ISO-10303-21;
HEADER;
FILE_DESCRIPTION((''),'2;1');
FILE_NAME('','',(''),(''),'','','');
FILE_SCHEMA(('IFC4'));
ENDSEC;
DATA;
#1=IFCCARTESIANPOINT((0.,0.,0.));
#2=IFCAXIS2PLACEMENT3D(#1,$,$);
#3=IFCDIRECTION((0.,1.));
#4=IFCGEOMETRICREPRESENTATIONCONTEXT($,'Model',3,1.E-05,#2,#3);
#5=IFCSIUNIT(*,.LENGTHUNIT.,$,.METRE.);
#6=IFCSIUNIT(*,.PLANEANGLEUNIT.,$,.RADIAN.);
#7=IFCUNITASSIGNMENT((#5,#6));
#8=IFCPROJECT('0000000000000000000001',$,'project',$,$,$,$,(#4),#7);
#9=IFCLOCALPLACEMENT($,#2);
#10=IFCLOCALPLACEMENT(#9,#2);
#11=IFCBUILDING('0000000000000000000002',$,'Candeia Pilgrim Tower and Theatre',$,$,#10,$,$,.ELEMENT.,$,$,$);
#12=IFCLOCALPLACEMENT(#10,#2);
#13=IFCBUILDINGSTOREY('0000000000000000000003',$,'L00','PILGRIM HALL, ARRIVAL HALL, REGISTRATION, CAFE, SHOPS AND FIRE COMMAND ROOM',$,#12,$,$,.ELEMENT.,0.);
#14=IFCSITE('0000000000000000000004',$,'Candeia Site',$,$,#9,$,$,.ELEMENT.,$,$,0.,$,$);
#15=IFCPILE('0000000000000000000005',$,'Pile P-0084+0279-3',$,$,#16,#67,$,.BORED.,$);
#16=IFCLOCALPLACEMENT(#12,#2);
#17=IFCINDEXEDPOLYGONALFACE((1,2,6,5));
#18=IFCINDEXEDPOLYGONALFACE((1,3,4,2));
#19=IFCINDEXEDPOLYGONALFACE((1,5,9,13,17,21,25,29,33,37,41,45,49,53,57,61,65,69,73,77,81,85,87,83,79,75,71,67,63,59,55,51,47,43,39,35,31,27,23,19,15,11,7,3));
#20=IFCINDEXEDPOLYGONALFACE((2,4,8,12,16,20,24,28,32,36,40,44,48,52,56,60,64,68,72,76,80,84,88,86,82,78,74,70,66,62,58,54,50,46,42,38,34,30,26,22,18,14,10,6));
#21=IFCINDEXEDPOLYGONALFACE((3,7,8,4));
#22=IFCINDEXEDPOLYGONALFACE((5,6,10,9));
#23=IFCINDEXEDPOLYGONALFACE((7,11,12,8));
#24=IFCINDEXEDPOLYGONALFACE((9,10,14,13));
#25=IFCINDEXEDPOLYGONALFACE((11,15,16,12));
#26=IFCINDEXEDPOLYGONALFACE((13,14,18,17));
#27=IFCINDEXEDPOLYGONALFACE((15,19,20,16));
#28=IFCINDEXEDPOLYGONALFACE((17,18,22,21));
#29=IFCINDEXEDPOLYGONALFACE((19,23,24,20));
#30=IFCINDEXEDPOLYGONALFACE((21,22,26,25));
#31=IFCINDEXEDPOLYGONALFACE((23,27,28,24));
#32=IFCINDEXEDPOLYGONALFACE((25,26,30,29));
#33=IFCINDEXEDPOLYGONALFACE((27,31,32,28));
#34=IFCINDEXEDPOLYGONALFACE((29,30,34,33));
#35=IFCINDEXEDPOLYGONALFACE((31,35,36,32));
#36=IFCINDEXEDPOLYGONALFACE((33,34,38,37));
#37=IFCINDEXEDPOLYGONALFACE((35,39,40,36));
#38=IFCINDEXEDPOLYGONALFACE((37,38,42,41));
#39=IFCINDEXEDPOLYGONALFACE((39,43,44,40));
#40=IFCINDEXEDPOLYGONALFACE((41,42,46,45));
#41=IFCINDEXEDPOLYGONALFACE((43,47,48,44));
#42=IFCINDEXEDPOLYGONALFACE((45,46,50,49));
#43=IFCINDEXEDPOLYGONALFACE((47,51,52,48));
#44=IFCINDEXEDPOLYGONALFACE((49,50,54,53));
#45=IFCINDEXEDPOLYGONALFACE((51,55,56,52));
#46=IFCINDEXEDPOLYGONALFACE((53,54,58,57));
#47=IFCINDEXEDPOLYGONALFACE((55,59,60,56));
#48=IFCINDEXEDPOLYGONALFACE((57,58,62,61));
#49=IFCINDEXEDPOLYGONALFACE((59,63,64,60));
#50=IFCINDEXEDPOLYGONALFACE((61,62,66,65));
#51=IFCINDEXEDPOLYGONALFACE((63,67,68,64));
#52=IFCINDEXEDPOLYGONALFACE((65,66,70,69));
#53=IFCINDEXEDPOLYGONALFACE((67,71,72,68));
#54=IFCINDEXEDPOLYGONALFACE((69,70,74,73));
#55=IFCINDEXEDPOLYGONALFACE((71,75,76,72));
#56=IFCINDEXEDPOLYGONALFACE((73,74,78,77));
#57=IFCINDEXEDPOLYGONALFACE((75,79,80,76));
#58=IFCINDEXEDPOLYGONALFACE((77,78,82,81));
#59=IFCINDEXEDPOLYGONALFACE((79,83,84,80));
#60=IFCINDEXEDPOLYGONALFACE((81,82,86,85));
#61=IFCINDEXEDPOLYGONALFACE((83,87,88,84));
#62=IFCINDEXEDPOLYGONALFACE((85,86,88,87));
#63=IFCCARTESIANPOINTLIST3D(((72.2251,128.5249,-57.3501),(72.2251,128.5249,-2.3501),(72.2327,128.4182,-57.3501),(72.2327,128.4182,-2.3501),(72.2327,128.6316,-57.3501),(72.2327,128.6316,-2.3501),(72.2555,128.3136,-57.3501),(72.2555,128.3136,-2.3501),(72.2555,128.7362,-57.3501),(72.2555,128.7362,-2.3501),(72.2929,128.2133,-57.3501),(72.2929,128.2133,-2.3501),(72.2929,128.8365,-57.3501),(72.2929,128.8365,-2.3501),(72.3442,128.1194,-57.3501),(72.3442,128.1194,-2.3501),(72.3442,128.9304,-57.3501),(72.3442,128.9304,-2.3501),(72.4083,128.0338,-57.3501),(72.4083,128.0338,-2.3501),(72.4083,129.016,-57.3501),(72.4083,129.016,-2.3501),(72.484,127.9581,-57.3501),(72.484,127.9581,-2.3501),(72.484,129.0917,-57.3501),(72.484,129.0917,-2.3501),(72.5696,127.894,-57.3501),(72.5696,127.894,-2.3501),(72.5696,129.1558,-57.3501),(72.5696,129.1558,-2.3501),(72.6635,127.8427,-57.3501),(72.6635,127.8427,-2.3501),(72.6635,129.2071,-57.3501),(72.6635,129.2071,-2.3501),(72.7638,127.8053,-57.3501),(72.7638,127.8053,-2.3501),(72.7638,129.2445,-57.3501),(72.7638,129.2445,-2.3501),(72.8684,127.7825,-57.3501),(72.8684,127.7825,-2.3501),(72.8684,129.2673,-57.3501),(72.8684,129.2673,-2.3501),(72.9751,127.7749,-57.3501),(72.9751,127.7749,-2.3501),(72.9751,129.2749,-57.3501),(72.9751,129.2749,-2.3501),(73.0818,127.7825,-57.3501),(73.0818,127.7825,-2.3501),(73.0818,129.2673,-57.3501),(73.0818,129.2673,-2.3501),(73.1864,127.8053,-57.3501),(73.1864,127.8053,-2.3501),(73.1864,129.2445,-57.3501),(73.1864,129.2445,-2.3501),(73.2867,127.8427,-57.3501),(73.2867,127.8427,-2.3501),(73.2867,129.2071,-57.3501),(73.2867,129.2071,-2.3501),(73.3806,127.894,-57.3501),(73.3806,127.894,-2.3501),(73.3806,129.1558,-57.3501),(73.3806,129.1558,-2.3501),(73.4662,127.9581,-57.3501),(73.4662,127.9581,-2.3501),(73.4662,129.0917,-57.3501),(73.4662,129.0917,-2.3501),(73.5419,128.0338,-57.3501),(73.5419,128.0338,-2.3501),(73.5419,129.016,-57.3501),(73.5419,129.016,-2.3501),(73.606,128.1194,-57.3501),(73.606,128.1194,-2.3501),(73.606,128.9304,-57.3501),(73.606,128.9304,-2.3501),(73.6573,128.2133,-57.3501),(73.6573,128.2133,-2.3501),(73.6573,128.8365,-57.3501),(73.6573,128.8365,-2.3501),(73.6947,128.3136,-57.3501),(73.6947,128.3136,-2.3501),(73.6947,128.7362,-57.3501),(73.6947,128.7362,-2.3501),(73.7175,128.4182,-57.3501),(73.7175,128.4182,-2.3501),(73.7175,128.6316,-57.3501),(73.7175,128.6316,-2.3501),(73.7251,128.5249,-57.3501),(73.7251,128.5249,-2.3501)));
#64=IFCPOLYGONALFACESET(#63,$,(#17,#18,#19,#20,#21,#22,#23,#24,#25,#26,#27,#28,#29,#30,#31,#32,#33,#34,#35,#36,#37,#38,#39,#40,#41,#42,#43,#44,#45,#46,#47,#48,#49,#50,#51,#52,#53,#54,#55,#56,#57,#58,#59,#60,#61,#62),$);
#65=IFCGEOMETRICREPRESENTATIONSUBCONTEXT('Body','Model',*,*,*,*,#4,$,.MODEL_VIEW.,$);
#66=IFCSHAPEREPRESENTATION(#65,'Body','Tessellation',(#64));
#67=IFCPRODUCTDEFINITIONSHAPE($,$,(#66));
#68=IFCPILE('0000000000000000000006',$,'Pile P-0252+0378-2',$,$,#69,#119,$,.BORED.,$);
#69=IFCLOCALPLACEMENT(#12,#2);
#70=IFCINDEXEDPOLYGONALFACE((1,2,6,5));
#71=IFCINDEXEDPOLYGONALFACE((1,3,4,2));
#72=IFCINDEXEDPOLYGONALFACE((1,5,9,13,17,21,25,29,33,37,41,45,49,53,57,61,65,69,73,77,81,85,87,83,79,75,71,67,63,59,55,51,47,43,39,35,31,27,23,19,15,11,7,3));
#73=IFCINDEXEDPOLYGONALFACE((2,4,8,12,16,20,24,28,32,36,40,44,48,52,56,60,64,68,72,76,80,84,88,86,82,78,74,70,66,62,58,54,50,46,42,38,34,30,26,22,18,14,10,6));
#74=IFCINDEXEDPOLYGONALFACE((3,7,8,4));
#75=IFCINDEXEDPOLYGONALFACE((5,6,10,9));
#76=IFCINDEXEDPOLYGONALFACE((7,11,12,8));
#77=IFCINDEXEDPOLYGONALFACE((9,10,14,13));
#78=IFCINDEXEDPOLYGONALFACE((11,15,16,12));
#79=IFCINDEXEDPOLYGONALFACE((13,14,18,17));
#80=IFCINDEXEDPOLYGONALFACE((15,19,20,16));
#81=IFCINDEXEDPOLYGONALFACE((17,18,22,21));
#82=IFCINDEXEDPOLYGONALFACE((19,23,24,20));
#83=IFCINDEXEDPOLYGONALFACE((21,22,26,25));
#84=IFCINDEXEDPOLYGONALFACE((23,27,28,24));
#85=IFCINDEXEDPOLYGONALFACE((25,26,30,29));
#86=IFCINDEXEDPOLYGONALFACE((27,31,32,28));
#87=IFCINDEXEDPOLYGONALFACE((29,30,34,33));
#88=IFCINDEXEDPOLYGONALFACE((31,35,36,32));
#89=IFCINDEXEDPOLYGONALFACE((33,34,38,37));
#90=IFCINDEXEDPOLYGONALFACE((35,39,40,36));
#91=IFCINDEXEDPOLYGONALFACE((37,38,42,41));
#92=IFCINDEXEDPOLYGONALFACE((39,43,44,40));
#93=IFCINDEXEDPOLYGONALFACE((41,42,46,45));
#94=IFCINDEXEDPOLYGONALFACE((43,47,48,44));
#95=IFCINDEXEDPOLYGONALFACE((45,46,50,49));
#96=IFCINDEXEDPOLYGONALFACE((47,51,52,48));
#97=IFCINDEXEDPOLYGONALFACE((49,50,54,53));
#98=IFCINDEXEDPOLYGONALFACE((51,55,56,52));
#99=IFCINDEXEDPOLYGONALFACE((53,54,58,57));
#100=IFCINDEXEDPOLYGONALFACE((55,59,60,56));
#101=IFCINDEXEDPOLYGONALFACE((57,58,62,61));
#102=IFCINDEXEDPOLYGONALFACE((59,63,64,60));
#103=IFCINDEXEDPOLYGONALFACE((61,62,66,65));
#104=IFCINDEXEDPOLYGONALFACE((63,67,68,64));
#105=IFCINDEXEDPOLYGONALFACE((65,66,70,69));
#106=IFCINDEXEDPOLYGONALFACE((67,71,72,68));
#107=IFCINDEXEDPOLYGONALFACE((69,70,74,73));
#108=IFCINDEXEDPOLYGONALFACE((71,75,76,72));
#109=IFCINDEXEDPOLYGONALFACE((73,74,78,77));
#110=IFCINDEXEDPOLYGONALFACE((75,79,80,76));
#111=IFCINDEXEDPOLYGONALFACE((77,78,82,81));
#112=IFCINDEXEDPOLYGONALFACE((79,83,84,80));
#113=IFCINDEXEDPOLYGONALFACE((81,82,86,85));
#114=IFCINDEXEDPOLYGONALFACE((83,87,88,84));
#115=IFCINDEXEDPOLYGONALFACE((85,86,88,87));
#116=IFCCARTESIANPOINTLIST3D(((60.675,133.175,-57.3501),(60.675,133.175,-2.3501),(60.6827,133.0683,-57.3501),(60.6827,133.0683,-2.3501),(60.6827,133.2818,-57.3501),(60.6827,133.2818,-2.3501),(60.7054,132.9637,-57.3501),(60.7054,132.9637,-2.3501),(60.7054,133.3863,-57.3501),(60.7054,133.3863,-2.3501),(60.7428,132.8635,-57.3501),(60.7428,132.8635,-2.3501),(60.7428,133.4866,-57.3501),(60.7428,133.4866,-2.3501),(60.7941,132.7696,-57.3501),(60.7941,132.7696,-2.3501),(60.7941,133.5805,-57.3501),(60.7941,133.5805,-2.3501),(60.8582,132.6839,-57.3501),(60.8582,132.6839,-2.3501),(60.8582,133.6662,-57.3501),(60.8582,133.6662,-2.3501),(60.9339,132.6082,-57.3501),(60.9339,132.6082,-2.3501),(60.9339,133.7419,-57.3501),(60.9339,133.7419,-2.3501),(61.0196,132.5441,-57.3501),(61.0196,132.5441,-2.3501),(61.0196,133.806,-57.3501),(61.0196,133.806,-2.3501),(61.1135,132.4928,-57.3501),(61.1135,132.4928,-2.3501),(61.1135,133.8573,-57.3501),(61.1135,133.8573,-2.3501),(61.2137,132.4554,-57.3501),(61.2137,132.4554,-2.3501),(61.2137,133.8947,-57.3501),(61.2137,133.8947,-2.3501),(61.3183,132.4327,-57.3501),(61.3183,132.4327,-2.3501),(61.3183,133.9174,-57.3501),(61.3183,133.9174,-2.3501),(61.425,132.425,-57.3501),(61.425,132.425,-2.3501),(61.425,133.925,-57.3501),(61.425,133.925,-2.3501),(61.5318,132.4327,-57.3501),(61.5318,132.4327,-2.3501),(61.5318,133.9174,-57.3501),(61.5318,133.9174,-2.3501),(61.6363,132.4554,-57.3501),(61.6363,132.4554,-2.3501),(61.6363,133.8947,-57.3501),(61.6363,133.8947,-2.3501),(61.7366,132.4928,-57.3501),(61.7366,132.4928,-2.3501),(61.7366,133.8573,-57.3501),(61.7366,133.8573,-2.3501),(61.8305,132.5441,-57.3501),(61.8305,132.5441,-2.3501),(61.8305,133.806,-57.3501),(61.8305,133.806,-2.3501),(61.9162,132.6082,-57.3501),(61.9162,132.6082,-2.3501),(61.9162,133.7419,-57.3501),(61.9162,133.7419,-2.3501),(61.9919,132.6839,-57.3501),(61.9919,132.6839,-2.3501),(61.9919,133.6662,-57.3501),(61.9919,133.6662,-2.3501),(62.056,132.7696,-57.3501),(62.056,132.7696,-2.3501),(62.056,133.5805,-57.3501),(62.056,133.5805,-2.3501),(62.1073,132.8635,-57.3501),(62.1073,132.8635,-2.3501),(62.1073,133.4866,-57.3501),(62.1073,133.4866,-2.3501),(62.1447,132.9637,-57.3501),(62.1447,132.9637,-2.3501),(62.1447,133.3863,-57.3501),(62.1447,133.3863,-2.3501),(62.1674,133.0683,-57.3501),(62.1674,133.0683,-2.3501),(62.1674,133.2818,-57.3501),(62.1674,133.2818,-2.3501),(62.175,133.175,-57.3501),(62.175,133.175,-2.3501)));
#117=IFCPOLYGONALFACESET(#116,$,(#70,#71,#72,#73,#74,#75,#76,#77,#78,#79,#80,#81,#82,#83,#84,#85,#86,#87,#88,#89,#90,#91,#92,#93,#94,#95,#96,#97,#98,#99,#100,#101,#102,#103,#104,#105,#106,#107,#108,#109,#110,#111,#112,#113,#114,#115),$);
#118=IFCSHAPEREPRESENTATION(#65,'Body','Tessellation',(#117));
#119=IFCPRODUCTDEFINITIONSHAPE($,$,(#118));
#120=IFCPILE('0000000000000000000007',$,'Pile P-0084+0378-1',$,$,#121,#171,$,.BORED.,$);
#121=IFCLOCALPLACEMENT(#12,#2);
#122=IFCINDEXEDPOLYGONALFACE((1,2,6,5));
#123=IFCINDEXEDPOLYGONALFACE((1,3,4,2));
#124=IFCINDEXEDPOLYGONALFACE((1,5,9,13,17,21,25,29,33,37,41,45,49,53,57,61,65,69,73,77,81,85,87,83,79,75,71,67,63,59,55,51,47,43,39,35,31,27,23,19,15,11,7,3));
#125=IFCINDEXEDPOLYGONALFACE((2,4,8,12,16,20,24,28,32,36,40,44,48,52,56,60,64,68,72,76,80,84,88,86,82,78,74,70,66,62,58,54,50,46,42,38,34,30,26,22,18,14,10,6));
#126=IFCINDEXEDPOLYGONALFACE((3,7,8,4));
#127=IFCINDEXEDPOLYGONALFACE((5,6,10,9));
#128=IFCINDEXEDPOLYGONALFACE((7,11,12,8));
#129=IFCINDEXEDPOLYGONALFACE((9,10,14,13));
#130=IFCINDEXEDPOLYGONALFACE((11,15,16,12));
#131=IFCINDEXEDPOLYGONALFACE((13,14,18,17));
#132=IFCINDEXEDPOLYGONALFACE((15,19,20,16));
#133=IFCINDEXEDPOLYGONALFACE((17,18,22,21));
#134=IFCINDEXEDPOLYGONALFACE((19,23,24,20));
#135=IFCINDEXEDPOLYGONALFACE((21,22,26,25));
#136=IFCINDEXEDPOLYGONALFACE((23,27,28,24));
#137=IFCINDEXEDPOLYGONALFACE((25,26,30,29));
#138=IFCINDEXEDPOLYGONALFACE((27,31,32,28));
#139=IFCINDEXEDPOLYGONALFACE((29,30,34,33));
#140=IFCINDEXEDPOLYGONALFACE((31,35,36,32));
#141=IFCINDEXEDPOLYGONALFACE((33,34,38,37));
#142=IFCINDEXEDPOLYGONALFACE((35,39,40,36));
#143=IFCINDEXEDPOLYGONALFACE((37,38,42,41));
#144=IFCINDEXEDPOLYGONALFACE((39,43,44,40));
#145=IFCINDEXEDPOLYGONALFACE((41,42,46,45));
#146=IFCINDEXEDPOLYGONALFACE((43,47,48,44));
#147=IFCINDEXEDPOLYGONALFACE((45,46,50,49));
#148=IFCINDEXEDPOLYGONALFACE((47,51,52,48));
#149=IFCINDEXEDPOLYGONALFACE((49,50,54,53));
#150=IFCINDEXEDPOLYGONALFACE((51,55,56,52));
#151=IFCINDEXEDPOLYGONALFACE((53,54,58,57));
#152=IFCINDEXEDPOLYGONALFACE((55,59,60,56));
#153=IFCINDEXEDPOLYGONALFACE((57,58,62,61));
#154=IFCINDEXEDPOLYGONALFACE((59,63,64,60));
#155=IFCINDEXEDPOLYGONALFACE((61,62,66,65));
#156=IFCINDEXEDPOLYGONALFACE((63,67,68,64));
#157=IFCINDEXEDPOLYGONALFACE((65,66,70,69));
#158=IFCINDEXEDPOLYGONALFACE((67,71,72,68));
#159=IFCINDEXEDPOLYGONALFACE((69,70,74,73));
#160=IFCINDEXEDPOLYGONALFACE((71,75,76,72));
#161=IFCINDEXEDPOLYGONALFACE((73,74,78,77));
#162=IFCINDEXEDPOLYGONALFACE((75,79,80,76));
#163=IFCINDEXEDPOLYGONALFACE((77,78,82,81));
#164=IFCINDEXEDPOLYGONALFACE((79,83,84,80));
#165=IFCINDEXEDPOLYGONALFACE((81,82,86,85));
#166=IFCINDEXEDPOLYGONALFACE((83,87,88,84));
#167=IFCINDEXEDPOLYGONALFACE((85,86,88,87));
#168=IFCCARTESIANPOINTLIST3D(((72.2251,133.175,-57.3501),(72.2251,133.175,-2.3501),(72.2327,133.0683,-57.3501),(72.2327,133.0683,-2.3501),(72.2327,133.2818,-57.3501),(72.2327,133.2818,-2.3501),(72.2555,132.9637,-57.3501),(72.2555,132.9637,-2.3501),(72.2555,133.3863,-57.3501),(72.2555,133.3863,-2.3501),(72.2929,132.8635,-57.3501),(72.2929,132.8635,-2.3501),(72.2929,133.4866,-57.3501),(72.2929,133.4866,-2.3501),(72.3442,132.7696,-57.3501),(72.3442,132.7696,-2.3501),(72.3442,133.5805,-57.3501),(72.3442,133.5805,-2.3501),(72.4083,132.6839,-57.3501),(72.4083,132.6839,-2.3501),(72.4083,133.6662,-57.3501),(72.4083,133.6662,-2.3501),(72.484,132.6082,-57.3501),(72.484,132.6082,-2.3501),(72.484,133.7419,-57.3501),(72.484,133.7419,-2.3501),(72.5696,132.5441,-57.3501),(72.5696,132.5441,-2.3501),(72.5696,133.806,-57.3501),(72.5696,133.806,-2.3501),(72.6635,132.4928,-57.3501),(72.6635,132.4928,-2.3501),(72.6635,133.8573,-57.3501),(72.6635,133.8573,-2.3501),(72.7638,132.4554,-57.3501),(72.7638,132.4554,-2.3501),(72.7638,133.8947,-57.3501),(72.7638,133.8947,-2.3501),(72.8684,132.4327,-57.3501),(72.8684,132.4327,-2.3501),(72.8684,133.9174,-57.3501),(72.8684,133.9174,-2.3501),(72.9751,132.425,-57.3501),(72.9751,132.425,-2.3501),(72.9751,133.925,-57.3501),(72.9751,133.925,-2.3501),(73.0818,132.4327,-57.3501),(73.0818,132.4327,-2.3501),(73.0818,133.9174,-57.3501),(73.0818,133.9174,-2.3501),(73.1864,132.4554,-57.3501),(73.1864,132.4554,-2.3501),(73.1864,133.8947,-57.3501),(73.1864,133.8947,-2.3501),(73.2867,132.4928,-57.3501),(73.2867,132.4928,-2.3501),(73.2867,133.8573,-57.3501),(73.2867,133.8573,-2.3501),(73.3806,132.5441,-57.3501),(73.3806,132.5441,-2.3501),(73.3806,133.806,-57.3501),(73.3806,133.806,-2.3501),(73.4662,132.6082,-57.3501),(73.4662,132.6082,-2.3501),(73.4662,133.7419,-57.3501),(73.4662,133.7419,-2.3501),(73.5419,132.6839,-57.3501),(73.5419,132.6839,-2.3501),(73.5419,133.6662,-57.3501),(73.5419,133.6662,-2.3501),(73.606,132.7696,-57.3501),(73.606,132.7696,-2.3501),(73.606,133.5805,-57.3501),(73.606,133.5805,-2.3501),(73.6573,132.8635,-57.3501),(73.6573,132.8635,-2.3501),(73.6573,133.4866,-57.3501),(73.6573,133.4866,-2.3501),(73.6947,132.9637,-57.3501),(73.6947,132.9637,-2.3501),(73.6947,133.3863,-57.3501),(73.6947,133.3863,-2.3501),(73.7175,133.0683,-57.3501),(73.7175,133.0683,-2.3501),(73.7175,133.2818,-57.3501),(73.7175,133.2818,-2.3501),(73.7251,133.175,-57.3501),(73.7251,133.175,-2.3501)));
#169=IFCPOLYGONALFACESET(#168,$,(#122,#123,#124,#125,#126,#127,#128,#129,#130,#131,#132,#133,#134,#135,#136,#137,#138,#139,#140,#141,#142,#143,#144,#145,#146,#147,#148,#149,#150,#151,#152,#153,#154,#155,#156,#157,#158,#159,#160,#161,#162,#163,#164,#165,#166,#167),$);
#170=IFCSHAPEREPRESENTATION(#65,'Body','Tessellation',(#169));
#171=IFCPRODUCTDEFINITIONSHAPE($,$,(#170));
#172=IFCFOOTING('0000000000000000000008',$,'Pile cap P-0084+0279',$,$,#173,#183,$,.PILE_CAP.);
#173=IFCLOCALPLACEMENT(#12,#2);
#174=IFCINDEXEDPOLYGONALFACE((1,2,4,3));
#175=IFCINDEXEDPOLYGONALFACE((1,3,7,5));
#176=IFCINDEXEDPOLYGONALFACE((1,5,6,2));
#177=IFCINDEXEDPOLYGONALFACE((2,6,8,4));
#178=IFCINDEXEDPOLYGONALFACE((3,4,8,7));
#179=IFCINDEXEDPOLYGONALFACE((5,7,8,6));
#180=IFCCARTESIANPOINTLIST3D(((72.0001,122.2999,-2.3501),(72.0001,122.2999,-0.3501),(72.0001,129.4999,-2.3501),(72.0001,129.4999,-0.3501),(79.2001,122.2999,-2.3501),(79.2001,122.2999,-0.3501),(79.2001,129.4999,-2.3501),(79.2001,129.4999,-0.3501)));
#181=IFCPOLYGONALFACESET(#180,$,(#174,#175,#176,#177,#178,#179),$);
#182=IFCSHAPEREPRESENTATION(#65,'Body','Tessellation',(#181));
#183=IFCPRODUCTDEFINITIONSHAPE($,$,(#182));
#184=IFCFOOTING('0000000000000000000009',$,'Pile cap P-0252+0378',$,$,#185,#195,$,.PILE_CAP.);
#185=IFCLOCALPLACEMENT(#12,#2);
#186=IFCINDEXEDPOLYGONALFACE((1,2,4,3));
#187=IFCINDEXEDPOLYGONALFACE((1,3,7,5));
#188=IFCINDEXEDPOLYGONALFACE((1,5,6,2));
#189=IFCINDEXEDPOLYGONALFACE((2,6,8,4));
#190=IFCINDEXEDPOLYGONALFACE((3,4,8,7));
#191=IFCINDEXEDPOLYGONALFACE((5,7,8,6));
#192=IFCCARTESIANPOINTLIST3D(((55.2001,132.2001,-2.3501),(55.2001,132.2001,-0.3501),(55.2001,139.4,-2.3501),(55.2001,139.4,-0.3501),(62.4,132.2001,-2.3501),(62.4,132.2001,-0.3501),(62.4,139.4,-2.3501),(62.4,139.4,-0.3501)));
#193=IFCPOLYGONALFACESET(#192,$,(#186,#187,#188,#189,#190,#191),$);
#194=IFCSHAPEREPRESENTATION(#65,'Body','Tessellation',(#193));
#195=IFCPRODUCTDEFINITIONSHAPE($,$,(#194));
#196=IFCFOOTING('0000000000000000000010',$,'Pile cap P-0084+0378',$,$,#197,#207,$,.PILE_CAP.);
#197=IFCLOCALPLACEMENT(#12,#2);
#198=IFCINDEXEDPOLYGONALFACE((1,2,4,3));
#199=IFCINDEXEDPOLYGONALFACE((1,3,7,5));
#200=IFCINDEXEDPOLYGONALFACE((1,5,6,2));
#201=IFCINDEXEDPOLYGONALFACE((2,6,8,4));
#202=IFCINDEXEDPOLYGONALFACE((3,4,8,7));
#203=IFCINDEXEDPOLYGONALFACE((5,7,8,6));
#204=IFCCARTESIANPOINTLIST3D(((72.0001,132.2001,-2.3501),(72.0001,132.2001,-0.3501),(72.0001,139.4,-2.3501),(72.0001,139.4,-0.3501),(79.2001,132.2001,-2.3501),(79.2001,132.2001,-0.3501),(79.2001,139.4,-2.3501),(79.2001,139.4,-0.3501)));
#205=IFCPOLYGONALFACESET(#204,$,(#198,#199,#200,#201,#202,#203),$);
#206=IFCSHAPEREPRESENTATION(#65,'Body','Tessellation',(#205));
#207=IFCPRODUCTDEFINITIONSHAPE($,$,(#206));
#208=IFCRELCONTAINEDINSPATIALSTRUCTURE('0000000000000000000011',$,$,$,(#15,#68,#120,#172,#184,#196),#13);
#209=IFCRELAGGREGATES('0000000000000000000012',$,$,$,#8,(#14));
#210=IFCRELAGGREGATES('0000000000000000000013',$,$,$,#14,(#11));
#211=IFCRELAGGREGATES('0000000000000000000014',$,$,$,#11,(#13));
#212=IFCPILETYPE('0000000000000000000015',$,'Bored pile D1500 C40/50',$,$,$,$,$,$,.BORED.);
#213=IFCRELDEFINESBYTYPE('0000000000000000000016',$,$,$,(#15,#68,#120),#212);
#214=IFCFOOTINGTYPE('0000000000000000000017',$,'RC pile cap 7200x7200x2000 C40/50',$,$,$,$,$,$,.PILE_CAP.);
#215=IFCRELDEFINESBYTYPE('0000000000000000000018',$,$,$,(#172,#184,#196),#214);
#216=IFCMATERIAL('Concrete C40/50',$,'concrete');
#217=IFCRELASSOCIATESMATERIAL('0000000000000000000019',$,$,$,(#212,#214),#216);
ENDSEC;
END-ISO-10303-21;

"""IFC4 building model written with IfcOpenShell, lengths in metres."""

from ifc_helpers import new_model, si_unit, direction, frame, origin, origin_2d, place, context, subcontext, project, spatial, rectangle, circle, extrude, material, material_profile, profile_set, type_object, element, save


model = new_model("IFC4")

# Units and contexts
model_context = context("Model", 3, precision=1e-05, world=origin(), true_north=direction((0.0, 1.0)))
body_context = subcontext(model_context, "Body", "Model", "MODEL_VIEW")
ifc_project = project(units=[si_unit("LENGTHUNIT", "METRE"), si_unit("PLANEANGLEUNIT", "RADIAN")], contexts=[model_context])

# Site, building, storey
site_placement = place(None, origin())
site = spatial("IfcSite", under=ifc_project, at=site_placement, Name="Candeia Site", CompositionType="ELEMENT", RefElevation=0.0)
building_placement = place(site_placement, origin())
building = spatial("IfcBuilding", under=site, at=building_placement, Name="Candeia Pilgrim Tower and Theatre", CompositionType="ELEMENT")
storey_placement = place(building_placement, origin())
storey = spatial("IfcBuildingStorey", under=building, at=storey_placement, Name="L00", Description="PILGRIM HALL, ARRIVAL HALL, REGISTRATION, CAFE, SHOPS AND FIRE COMMAND ROOM", CompositionType="ELEMENT", Elevation=0.0)

# Piles
ifc_material_1 = material(Name="Concrete C40/50", Category="concrete")
ifc_material_profile_1 = material_profile(ifc_material_1, circle(Radius=0.75, at=origin_2d()))
ifc_profile_set_1 = profile_set([ifc_material_profile_1], Name="Concrete C40/50")
pile_type = type_object("IfcPileType", Name="Bored pile D1500 C40/50", PredefinedType="BORED", material=ifc_profile_set_1)
for number, where, z_axis, x_axis, name in (
    (1, (72.9751, 128.5249, -2.3501), (0.0, 0.0, -1.0), (1.0, 0.0, 0.0), "Pile P-0084+0279-3"),
    (2, (61.425, 133.175, -2.3501), (0.0, 0.0, -1.0), (1.0, 0.0, 0.0), "Pile P-0252+0378-2"),
    (3, (72.9751, 133.175, -2.3501), (0.0, 0.0, -1.0), (1.0, 0.0, 0.0), "Pile P-0084+0378-1"),
):
    element("IfcPile", number, at=place(storey_placement, frame(where, z_axis=z_axis, x_axis=x_axis)), inside=storey, type_object=pile_type, Name=name, PredefinedType="BORED", context=body_context, shape_type="SweptSolid", body=[
        extrude(circle(Radius=0.75, at=origin_2d()), origin(), (0.0, 0.0, 1.0), 55.0),
    ])

# Footings
footing_type = type_object("IfcFootingType", Name="RC pile cap 7200x7200x2000 C40/50", PredefinedType="PILE_CAP", material=ifc_material_1)
for number, where, z_axis, x_axis, name in (
    (4, (75.6001, 125.8999, -2.3501), (0.0, 0.0, 1.0), (1.0, 0.0, 0.0), "Pile cap P-0084+0279"),
    (5, (58.8, 135.8, -2.3501), (0.0, 0.0, 1.0), (1.0, 0.0, 0.0), "Pile cap P-0252+0378"),
    (6, (75.6001, 135.8, -2.3501), (0.0, 0.0, 1.0), (1.0, 0.0, 0.0), "Pile cap P-0084+0378"),
):
    element("IfcFooting", number, at=place(storey_placement, frame(where, z_axis=z_axis, x_axis=x_axis)), inside=storey, type_object=footing_type, Name=name, PredefinedType="PILE_CAP", context=body_context, shape_type="SweptSolid", body=[
        extrude(rectangle(XDim=7.2, YDim=7.2, at=origin_2d()), origin(), (0.0, 0.0, 1.0), 2.0),
    ])

save(model, "model.ifc")
